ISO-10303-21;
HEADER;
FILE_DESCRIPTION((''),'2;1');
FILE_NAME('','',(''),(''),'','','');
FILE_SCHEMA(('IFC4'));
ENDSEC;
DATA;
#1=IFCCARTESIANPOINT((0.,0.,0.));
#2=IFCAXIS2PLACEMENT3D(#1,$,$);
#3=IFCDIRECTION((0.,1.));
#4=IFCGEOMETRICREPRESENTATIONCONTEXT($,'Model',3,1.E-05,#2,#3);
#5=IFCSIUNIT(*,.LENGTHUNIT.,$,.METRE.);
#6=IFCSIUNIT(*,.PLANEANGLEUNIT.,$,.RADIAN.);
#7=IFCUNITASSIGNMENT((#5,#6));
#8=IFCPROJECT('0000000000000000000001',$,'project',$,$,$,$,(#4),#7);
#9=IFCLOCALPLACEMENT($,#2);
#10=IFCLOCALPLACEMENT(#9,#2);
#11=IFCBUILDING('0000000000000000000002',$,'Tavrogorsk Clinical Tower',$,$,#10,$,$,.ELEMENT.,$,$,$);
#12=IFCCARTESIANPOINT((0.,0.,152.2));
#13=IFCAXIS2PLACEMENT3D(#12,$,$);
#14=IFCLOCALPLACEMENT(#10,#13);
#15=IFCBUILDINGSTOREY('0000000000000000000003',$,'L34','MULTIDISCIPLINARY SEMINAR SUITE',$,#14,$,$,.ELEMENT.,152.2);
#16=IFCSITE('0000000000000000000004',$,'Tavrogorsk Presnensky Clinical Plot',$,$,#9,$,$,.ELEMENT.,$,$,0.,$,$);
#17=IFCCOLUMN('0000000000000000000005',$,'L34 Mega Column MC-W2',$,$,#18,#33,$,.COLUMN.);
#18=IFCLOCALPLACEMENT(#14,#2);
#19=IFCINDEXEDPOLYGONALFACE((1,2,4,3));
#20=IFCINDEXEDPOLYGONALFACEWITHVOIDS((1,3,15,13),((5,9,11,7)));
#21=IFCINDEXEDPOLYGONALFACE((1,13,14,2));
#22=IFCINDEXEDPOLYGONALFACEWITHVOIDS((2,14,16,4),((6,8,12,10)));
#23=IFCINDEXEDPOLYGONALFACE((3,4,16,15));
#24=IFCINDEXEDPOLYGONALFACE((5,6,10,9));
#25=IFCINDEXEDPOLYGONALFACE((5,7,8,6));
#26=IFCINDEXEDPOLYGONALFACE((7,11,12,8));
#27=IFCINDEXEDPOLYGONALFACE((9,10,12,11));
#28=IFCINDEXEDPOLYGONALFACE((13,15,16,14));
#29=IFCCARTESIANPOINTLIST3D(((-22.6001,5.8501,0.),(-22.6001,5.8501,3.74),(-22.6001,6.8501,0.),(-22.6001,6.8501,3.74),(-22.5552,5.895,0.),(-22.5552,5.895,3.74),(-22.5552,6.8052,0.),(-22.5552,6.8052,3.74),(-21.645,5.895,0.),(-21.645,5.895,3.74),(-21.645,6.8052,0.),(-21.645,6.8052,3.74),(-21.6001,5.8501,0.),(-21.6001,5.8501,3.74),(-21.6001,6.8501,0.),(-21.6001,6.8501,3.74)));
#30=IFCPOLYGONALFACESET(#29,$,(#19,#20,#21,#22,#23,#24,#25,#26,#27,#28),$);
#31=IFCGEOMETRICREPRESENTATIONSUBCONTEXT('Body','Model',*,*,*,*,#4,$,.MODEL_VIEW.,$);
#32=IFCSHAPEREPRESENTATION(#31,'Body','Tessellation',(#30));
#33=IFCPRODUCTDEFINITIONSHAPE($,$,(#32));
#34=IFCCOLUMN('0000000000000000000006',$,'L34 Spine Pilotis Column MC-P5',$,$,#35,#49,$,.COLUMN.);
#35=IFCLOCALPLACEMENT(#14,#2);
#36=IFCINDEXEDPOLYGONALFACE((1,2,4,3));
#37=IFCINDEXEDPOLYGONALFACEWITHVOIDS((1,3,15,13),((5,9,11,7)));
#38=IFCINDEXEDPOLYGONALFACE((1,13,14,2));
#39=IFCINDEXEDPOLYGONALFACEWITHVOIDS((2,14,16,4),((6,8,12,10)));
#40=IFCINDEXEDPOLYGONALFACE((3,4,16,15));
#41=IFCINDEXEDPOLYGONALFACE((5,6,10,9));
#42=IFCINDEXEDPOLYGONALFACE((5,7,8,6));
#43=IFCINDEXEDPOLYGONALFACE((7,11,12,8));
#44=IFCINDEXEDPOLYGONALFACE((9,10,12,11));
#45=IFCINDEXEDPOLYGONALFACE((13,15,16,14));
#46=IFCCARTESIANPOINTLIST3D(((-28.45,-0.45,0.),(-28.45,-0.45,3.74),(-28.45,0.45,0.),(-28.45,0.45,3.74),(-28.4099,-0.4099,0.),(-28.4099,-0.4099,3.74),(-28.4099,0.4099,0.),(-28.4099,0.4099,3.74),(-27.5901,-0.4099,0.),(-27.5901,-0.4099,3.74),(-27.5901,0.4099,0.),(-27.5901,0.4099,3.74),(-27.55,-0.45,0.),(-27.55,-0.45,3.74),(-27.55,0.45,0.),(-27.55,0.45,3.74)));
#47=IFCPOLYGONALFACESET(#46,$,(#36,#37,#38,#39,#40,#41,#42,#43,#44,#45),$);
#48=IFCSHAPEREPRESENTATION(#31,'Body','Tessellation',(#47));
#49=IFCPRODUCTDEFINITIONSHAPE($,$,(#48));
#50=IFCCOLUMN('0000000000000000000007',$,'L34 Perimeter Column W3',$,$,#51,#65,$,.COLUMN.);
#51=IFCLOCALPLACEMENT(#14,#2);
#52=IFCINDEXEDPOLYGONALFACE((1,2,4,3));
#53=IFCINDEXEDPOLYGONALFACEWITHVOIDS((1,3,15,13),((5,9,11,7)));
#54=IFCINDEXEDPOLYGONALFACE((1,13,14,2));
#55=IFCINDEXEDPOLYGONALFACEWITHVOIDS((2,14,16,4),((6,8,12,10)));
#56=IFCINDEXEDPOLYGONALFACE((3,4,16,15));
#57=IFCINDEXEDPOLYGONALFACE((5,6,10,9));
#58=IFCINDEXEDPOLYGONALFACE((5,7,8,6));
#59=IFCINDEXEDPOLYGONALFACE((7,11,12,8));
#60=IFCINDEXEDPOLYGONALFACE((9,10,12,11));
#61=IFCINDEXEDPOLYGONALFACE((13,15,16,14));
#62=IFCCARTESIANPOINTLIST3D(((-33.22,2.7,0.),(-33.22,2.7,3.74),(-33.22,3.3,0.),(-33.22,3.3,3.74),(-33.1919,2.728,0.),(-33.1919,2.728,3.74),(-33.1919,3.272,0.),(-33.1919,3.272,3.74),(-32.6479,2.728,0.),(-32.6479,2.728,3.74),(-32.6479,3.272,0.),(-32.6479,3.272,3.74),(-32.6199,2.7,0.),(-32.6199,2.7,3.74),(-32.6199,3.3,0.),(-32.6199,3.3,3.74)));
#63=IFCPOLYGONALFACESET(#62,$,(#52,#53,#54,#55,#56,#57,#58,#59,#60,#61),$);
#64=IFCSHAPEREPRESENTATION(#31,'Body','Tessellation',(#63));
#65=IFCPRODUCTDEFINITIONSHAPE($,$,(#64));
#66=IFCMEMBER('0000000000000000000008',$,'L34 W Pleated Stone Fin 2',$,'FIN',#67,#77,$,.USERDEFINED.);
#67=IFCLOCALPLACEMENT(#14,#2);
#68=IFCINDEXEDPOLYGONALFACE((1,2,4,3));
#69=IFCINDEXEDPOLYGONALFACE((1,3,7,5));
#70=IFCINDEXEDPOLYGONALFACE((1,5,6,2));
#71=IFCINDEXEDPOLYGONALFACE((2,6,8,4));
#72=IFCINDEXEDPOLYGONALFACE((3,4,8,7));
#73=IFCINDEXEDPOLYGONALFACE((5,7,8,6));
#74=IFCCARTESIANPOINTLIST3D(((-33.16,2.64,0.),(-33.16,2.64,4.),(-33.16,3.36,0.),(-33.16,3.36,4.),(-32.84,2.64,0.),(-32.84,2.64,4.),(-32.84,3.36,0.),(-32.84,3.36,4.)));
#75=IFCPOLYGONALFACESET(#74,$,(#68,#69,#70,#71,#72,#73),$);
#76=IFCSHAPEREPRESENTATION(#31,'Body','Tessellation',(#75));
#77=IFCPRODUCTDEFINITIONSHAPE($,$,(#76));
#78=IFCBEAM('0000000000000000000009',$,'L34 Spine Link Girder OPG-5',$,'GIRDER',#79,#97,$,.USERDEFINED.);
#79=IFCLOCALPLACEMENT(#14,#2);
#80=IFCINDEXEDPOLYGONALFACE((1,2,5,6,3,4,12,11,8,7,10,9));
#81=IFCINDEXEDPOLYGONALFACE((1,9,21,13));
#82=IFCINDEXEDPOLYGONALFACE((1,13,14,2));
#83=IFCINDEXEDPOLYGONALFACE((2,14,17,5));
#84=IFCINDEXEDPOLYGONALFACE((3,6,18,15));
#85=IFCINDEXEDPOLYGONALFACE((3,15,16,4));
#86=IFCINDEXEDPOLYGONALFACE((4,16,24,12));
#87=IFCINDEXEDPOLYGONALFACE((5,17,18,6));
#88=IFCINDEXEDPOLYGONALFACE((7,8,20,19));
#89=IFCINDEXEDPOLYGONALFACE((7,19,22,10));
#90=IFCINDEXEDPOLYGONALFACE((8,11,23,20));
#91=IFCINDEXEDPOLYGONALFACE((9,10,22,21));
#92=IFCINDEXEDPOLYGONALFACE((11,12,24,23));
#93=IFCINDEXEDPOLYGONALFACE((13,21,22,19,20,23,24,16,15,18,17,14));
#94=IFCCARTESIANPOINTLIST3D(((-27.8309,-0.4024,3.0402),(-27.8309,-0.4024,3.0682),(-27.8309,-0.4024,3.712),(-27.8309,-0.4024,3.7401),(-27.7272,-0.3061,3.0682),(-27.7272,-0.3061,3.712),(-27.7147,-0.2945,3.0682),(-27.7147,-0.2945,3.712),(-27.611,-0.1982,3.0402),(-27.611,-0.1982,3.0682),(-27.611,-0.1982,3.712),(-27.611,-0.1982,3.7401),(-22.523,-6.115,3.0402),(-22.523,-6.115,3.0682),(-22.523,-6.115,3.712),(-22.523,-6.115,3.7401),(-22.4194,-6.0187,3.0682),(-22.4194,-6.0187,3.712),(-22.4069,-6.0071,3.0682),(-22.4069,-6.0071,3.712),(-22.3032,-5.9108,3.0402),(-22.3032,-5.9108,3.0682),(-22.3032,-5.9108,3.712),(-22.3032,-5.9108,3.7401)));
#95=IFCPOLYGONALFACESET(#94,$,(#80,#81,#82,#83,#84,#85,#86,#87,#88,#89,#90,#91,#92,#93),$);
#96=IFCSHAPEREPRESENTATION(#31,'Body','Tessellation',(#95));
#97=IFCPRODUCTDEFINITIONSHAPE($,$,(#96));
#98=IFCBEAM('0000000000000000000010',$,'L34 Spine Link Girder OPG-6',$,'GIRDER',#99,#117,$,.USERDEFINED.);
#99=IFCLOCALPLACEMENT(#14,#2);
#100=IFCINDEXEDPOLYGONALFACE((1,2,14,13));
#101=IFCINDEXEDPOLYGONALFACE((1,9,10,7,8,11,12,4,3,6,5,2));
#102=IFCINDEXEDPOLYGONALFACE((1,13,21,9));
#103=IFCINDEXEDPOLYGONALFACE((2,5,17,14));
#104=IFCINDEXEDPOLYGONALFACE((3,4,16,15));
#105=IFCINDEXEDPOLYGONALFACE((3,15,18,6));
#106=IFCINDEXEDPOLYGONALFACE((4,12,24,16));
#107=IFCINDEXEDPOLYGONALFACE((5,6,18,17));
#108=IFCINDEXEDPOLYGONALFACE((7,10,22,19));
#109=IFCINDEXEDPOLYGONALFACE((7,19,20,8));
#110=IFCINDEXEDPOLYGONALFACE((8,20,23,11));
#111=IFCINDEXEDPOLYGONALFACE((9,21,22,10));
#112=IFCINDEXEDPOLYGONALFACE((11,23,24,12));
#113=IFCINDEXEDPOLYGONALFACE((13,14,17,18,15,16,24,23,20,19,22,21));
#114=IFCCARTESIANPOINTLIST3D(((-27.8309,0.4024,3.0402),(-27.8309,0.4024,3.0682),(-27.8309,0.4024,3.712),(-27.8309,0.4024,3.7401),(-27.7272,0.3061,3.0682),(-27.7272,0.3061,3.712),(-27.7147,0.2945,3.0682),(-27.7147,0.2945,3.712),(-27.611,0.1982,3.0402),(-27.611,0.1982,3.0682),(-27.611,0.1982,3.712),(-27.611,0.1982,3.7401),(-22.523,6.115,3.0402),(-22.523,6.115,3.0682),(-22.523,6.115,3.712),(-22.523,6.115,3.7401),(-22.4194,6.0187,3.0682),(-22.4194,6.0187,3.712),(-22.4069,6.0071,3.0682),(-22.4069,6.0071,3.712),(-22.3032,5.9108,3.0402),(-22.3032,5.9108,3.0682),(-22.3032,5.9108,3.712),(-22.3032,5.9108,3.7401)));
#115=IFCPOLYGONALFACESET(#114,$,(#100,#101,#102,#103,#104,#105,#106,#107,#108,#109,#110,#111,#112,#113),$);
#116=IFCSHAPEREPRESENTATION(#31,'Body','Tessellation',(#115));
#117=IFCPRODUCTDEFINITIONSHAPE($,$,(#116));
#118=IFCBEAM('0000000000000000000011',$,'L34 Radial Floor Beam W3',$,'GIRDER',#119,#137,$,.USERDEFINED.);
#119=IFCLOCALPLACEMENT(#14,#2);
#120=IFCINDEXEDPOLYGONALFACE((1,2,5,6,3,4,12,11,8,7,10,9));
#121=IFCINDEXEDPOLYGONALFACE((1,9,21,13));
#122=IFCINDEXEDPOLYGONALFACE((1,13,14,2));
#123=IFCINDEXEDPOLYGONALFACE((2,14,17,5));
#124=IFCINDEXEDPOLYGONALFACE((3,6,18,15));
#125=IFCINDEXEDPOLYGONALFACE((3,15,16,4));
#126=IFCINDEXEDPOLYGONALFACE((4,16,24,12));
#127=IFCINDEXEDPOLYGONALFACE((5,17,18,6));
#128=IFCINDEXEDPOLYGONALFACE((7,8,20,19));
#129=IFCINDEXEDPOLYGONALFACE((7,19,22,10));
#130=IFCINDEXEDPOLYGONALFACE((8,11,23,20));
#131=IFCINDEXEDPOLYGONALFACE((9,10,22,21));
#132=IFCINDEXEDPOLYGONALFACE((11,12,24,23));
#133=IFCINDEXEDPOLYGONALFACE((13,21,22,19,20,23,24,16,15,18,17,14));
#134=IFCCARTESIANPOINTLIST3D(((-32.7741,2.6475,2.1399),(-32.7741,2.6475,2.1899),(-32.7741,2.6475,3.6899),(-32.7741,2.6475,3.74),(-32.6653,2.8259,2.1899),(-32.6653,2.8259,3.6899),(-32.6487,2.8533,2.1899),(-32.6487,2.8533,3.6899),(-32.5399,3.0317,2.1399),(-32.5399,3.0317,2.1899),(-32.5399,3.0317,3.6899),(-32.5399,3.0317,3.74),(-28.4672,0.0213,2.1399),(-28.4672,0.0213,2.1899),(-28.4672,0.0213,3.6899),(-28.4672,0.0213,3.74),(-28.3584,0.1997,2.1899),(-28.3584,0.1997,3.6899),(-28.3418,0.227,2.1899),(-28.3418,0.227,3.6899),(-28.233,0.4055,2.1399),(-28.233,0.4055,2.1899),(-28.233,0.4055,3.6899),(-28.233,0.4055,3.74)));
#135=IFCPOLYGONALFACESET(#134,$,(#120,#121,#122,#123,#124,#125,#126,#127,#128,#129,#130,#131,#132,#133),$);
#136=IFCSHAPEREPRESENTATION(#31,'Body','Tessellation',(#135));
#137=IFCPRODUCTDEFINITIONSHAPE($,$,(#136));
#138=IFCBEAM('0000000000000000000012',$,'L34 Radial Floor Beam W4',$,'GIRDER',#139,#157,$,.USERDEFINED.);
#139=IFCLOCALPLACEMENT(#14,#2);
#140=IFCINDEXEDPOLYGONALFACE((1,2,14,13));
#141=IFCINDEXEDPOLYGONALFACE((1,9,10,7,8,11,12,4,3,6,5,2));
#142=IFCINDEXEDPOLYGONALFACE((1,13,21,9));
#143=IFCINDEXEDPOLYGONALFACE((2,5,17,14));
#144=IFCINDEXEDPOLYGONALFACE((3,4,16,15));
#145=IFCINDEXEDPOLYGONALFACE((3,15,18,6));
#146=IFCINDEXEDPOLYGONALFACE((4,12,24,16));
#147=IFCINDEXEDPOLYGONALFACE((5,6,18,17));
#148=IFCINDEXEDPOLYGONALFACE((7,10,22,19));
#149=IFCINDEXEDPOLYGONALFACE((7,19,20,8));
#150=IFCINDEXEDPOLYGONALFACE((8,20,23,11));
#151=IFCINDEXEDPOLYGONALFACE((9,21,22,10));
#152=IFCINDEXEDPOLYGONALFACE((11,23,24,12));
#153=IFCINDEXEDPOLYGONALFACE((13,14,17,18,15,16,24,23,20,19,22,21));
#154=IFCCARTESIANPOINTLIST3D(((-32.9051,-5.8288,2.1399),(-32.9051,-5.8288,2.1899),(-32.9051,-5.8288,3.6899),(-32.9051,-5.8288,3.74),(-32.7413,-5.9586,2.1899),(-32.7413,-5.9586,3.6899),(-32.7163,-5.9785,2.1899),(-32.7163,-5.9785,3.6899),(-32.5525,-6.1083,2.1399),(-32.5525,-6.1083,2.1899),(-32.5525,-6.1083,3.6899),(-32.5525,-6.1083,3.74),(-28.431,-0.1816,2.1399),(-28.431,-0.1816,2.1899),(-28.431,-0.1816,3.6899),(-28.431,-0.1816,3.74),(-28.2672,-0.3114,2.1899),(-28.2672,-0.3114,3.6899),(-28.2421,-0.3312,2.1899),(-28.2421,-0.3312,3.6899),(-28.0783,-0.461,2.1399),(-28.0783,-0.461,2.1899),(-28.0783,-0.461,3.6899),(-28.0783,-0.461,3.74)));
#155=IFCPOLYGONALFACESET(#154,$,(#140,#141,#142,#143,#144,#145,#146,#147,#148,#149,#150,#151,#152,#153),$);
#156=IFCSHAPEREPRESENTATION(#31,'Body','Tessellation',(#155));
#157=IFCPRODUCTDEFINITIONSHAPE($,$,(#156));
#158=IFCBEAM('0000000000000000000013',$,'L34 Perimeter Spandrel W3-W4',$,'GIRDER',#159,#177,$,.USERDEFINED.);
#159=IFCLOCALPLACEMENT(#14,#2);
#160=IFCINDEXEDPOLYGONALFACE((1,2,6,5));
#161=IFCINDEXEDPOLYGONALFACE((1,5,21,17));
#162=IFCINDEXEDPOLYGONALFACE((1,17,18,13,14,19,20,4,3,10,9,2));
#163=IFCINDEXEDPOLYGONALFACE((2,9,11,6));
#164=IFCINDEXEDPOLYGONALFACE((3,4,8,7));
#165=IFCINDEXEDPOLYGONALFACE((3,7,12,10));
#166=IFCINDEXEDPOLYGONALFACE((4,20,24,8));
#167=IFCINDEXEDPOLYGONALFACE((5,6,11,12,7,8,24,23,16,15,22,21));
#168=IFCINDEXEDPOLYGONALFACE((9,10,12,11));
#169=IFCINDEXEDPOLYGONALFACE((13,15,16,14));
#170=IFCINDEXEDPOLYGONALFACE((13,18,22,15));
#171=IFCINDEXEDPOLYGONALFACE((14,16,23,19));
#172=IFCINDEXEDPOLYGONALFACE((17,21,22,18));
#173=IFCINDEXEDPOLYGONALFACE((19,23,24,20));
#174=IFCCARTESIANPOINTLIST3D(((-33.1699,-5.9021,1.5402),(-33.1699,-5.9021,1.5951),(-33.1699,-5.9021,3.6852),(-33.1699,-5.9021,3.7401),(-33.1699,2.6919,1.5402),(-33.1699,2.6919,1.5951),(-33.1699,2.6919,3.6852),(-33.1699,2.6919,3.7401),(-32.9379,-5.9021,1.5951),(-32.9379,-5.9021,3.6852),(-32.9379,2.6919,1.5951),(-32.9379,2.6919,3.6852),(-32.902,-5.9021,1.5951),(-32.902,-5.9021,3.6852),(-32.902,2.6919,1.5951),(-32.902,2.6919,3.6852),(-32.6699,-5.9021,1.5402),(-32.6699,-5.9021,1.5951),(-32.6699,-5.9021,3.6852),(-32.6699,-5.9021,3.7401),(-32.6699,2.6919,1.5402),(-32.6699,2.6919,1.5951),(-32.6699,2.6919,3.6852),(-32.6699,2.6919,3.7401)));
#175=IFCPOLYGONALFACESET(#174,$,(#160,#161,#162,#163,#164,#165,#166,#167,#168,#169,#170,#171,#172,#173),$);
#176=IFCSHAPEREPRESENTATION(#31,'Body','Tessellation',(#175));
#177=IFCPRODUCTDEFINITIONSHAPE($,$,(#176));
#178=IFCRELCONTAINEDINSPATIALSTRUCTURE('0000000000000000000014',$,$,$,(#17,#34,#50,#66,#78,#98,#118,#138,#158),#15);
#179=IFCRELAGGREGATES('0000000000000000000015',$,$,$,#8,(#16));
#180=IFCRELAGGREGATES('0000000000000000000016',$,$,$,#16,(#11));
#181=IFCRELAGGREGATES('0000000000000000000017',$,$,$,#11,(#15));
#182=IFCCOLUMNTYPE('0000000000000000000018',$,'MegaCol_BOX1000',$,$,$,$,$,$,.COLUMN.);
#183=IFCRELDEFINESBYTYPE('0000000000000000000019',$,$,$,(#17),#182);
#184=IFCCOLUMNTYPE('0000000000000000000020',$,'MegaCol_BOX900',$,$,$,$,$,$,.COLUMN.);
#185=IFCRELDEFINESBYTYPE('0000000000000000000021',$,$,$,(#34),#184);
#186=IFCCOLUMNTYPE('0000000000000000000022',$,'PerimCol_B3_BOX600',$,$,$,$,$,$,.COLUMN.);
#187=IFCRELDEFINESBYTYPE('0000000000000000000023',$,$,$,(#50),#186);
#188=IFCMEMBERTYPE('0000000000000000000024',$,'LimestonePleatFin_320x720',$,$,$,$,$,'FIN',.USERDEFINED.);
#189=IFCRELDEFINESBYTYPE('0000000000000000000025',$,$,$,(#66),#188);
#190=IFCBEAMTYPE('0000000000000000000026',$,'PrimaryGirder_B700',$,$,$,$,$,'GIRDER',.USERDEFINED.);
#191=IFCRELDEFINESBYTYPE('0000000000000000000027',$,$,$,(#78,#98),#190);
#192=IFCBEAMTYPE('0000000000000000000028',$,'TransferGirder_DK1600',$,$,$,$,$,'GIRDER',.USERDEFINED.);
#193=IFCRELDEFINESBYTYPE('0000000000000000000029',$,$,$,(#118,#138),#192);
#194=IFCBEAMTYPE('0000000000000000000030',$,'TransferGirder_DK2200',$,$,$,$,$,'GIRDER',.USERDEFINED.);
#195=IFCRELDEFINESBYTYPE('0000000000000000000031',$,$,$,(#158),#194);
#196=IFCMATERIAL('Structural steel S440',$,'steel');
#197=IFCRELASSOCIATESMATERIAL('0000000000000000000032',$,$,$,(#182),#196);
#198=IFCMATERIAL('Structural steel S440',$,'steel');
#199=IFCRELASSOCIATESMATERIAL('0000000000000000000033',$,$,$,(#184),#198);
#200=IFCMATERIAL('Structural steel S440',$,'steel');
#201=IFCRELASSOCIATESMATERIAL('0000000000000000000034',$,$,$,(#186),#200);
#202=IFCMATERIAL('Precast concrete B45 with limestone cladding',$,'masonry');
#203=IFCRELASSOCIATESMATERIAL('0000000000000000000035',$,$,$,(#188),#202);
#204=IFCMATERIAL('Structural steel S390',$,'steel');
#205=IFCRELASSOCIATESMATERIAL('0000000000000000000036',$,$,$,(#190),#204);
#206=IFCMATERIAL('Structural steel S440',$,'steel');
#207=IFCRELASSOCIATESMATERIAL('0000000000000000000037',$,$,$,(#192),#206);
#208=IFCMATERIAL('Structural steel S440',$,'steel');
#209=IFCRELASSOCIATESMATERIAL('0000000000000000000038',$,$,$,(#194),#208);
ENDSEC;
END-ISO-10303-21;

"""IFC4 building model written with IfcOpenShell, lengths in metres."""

from ifc_helpers import new_model, si_unit, direction, frame, origin, origin_2d, place, context, subcontext, project, spatial, rectangle, hollow_rectangle, i_section, extrude, material, material_profile, profile_set, type_object, element, save


model = new_model("IFC4")

# Units and contexts
model_context = context("Model", 3, precision=1e-05, world=origin(), true_north=direction((0.0, 1.0)))
body_context = subcontext(model_context, "Body", "Model", "MODEL_VIEW")
ifc_project = project(units=[si_unit("LENGTHUNIT", "METRE"), si_unit("PLANEANGLEUNIT", "RADIAN")], contexts=[model_context])

# Site, building, storey
site_placement = place(None, origin())
site = spatial("IfcSite", under=ifc_project, at=site_placement, Name="Tavrogorsk Presnensky Clinical Plot", CompositionType="ELEMENT", RefElevation=0.0)
building_placement = place(site_placement, origin())
building = spatial("IfcBuilding", under=site, at=building_placement, Name="Tavrogorsk Clinical Tower", CompositionType="ELEMENT")
storey_placement = place(building_placement, frame((0.0, 0.0, 152.2)))
storey = spatial("IfcBuildingStorey", under=building, at=storey_placement, Name="L34", Description="MULTIDISCIPLINARY SEMINAR SUITE", CompositionType="ELEMENT", Elevation=152.2)

# Columns
ifc_material_1 = material(Name="Structural steel S440", Category="steel")
ifc_material_profile_1 = material_profile(ifc_material_1, hollow_rectangle(XDim=1.0, YDim=1.0, WallThickness=0.0449, at=origin_2d()), Name="BOX-1000x1000x45")
ifc_profile_set_1 = profile_set([ifc_material_profile_1], Name="Structural steel S440")
column_type_1 = type_object("IfcColumnType", Name="MegaCol_BOX1000", PredefinedType="COLUMN", material=ifc_profile_set_1)
column_1_placement = place(storey_placement, frame((-22.1001, 6.3501, 0.0), z_axis=(0.0, 0.0, 1.0), x_axis=(1.0, 0.0, 0.0)))
element("IfcColumn", 1, at=column_1_placement, inside=storey, type_object=column_type_1, Name="L34 Mega Column MC-W2", PredefinedType="COLUMN", context=body_context, shape_type="SweptSolid", body=[
    extrude(hollow_rectangle(XDim=1.0, YDim=1.0, WallThickness=0.0449, at=origin_2d()), origin(), (0.0, 0.0, 1.0), 3.74),
])
ifc_material_2 = material(Name="Structural steel S440", Category="steel")
ifc_material_profile_2 = material_profile(ifc_material_2, hollow_rectangle(XDim=0.8999, YDim=0.8999, WallThickness=0.04, at=origin_2d()), Name="BOX-900x900x40")
ifc_profile_set_2 = profile_set([ifc_material_profile_2], Name="Structural steel S440")
column_type_2 = type_object("IfcColumnType", Name="MegaCol_BOX900", PredefinedType="COLUMN", material=ifc_profile_set_2)
column_2_placement = place(storey_placement, frame((-28.0, 0.0, 0.0), z_axis=(0.0, 0.0, 1.0), x_axis=(1.0, 0.0, 0.0)))
element("IfcColumn", 2, at=column_2_placement, inside=storey, type_object=column_type_2, Name="L34 Spine Pilotis Column MC-P5", PredefinedType="COLUMN", context=body_context, shape_type="SweptSolid", body=[
    extrude(hollow_rectangle(XDim=0.8999, YDim=0.8999, WallThickness=0.04, at=origin_2d()), origin(), (0.0, 0.0, 1.0), 3.74),
])
ifc_material_3 = material(Name="Structural steel S440", Category="steel")
ifc_material_profile_3 = material_profile(ifc_material_3, hollow_rectangle(XDim=0.6001, YDim=0.6001, WallThickness=0.0281, at=origin_2d()), Name="BOX-600x600x28")
ifc_profile_set_3 = profile_set([ifc_material_profile_3], Name="Structural steel S440")
column_type_3 = type_object("IfcColumnType", Name="PerimCol_B3_BOX600", PredefinedType="COLUMN", material=ifc_profile_set_3)
column_3_placement = place(storey_placement, frame((-32.9199, 3.0, 0.0), z_axis=(0.0, 0.0, 1.0), x_axis=(1.0, 0.0, 0.0)))
element("IfcColumn", 3, at=column_3_placement, inside=storey, type_object=column_type_3, Name="L34 Perimeter Column W3", PredefinedType="COLUMN", context=body_context, shape_type="SweptSolid", body=[
    extrude(hollow_rectangle(XDim=0.6001, YDim=0.6001, WallThickness=0.0281, at=origin_2d()), origin(), (0.0, 0.0, 1.0), 3.74),
])

# Member
ifc_material_4 = material(Name="Precast concrete B45 with limestone cladding", Category="masonry")
ifc_material_profile_4 = material_profile(ifc_material_4, rectangle(XDim=0.3201, YDim=0.72, at=origin_2d()), Name="LIMESTONE-FIN-320x720")
ifc_profile_set_4 = profile_set([ifc_material_profile_4], Name="Precast concrete B45 with limestone cladding")
member_type = type_object("IfcMemberType", Name="LimestonePleatFin_320x720", ElementType="FIN", PredefinedType="USERDEFINED", material=ifc_profile_set_4)
member_placement = place(storey_placement, frame((-33.0, 3.0, 0.0), z_axis=(0.0, 0.0, 1.0), x_axis=(1.0, 0.0, 0.0)))
element("IfcMember", 4, at=member_placement, inside=storey, type_object=member_type, Name="L34 W Pleated Stone Fin 2", ObjectType="FIN", PredefinedType="USERDEFINED", context=body_context, shape_type="SweptSolid", body=[
    extrude(rectangle(XDim=0.3201, YDim=0.72, at=origin_2d()), origin(), (0.0, 0.0, 1.0), 4.0),
])

# Beams
ifc_material_5 = material(Name="Structural steel S390", Category="steel")
ifc_material_profile_5 = material_profile(ifc_material_5, i_section(OverallWidth=0.3, OverallDepth=0.7, WebThickness=0.0171, FlangeThickness=0.0281, at=origin_2d()), Name="B-700x300x17x28")
ifc_profile_set_5 = profile_set([ifc_material_profile_5], Name="Structural steel S390")
beam_type_1 = type_object("IfcBeamType", Name="PrimaryGirder_B700", ElementType="GIRDER", PredefinedType="USERDEFINED", material=ifc_profile_set_5)
for number, where, z_axis, x_axis, name in (
    (5, (-27.7209, -0.3003, 3.3901), (0.680676, -0.732585, 0.0), (0.732585, 0.680676, 0.0), "L34 Spine Link Girder OPG-5"),
    (6, (-27.7209, 0.3003, 3.3901), (0.680676, 0.732585, 0.0), (-0.732585, 0.680676, 0.0), "L34 Spine Link Girder OPG-6"),
):
    element("IfcBeam", number, at=place(storey_placement, frame(where, z_axis=z_axis, x_axis=x_axis)), inside=storey, type_object=beam_type_1, Name=name, ObjectType="GIRDER", PredefinedType="USERDEFINED", context=body_context, shape_type="SweptSolid", body=[
        extrude(i_section(OverallWidth=0.3, OverallDepth=0.7, WebThickness=0.0171, FlangeThickness=0.0281, at=origin_2d()), origin(), (0.0, 0.0, 1.0), 7.7979),
    ])
ifc_material_6 = material(Name="Structural steel S440", Category="steel")
ifc_material_profile_6 = material_profile(ifc_material_6, i_section(OverallWidth=0.45, OverallDepth=1.6001, WebThickness=0.032, FlangeThickness=0.05, at=origin_2d()), Name="DK-1600x450x32x50")
ifc_profile_set_6 = profile_set([ifc_material_profile_6], Name="Structural steel S440")
beam_type_2 = type_object("IfcBeamType", Name="TransferGirder_DK1600", ElementType="GIRDER", PredefinedType="USERDEFINED", material=ifc_profile_set_6)
beam_1_placement = place(storey_placement, frame((-28.3501, 0.2134, 2.9399), z_axis=(-0.85379, 0.520618, 0.0), x_axis=(-0.520618, -0.85379, 0.0)))
element("IfcBeam", 7, at=beam_1_placement, inside=storey, type_object=beam_type_2, Name="L34 Radial Floor Beam W3", ObjectType="GIRDER", PredefinedType="USERDEFINED", context=body_context, shape_type="SweptSolid", body=[
    extrude(i_section(OverallWidth=0.45, OverallDepth=1.6001, WebThickness=0.032, FlangeThickness=0.05, at=origin_2d()), origin(), (0.0, 0.0, 1.0), 5.0444),
])
beam_2_placement = place(storey_placement, frame((-28.2546, -0.3213, 2.9399), z_axis=(-0.620994, -0.783816, 0.0), x_axis=(0.783816, -0.620994, 0.0)))
element("IfcBeam", 8, at=beam_2_placement, inside=storey, type_object=beam_type_2, Name="L34 Radial Floor Beam W4", ObjectType="GIRDER", PredefinedType="USERDEFINED", context=body_context, shape_type="SweptSolid", body=[
    extrude(i_section(OverallWidth=0.45, OverallDepth=1.6001, WebThickness=0.032, FlangeThickness=0.05, at=origin_2d()), origin(), (0.0, 0.0, 1.0), 7.2048),
])
ifc_material_7 = material(Name="Structural steel S440", Category="steel")
ifc_material_profile_7 = material_profile(ifc_material_7, i_section(OverallWidth=0.5, OverallDepth=2.2, WebThickness=0.0359, FlangeThickness=0.0549, at=origin_2d()), Name="DK-2200x500x36x55")
ifc_profile_set_7 = profile_set([ifc_material_profile_7], Name="Structural steel S440")
beam_type_3 = type_object("IfcBeamType", Name="TransferGirder_DK2200", ElementType="GIRDER", PredefinedType="USERDEFINED", material=ifc_profile_set_7)
beam_3_placement = place(storey_placement, frame((-32.9199, 2.6919, 2.6401), z_axis=(0.0, -1.0, 0.0), x_axis=(1.0, 0.0, 0.0)))
element("IfcBeam", 9, at=beam_3_placement, inside=storey, type_object=beam_type_3, Name="L34 Perimeter Spandrel W3-W4", ObjectType="GIRDER", PredefinedType="USERDEFINED", context=body_context, shape_type="SweptSolid", body=[
    extrude(i_section(OverallWidth=0.5, OverallDepth=2.2, WebThickness=0.0359, FlangeThickness=0.0549, at=origin_2d()), origin(), (0.0, 0.0, 1.0), 8.594),
])

save(model, "model.ifc")
